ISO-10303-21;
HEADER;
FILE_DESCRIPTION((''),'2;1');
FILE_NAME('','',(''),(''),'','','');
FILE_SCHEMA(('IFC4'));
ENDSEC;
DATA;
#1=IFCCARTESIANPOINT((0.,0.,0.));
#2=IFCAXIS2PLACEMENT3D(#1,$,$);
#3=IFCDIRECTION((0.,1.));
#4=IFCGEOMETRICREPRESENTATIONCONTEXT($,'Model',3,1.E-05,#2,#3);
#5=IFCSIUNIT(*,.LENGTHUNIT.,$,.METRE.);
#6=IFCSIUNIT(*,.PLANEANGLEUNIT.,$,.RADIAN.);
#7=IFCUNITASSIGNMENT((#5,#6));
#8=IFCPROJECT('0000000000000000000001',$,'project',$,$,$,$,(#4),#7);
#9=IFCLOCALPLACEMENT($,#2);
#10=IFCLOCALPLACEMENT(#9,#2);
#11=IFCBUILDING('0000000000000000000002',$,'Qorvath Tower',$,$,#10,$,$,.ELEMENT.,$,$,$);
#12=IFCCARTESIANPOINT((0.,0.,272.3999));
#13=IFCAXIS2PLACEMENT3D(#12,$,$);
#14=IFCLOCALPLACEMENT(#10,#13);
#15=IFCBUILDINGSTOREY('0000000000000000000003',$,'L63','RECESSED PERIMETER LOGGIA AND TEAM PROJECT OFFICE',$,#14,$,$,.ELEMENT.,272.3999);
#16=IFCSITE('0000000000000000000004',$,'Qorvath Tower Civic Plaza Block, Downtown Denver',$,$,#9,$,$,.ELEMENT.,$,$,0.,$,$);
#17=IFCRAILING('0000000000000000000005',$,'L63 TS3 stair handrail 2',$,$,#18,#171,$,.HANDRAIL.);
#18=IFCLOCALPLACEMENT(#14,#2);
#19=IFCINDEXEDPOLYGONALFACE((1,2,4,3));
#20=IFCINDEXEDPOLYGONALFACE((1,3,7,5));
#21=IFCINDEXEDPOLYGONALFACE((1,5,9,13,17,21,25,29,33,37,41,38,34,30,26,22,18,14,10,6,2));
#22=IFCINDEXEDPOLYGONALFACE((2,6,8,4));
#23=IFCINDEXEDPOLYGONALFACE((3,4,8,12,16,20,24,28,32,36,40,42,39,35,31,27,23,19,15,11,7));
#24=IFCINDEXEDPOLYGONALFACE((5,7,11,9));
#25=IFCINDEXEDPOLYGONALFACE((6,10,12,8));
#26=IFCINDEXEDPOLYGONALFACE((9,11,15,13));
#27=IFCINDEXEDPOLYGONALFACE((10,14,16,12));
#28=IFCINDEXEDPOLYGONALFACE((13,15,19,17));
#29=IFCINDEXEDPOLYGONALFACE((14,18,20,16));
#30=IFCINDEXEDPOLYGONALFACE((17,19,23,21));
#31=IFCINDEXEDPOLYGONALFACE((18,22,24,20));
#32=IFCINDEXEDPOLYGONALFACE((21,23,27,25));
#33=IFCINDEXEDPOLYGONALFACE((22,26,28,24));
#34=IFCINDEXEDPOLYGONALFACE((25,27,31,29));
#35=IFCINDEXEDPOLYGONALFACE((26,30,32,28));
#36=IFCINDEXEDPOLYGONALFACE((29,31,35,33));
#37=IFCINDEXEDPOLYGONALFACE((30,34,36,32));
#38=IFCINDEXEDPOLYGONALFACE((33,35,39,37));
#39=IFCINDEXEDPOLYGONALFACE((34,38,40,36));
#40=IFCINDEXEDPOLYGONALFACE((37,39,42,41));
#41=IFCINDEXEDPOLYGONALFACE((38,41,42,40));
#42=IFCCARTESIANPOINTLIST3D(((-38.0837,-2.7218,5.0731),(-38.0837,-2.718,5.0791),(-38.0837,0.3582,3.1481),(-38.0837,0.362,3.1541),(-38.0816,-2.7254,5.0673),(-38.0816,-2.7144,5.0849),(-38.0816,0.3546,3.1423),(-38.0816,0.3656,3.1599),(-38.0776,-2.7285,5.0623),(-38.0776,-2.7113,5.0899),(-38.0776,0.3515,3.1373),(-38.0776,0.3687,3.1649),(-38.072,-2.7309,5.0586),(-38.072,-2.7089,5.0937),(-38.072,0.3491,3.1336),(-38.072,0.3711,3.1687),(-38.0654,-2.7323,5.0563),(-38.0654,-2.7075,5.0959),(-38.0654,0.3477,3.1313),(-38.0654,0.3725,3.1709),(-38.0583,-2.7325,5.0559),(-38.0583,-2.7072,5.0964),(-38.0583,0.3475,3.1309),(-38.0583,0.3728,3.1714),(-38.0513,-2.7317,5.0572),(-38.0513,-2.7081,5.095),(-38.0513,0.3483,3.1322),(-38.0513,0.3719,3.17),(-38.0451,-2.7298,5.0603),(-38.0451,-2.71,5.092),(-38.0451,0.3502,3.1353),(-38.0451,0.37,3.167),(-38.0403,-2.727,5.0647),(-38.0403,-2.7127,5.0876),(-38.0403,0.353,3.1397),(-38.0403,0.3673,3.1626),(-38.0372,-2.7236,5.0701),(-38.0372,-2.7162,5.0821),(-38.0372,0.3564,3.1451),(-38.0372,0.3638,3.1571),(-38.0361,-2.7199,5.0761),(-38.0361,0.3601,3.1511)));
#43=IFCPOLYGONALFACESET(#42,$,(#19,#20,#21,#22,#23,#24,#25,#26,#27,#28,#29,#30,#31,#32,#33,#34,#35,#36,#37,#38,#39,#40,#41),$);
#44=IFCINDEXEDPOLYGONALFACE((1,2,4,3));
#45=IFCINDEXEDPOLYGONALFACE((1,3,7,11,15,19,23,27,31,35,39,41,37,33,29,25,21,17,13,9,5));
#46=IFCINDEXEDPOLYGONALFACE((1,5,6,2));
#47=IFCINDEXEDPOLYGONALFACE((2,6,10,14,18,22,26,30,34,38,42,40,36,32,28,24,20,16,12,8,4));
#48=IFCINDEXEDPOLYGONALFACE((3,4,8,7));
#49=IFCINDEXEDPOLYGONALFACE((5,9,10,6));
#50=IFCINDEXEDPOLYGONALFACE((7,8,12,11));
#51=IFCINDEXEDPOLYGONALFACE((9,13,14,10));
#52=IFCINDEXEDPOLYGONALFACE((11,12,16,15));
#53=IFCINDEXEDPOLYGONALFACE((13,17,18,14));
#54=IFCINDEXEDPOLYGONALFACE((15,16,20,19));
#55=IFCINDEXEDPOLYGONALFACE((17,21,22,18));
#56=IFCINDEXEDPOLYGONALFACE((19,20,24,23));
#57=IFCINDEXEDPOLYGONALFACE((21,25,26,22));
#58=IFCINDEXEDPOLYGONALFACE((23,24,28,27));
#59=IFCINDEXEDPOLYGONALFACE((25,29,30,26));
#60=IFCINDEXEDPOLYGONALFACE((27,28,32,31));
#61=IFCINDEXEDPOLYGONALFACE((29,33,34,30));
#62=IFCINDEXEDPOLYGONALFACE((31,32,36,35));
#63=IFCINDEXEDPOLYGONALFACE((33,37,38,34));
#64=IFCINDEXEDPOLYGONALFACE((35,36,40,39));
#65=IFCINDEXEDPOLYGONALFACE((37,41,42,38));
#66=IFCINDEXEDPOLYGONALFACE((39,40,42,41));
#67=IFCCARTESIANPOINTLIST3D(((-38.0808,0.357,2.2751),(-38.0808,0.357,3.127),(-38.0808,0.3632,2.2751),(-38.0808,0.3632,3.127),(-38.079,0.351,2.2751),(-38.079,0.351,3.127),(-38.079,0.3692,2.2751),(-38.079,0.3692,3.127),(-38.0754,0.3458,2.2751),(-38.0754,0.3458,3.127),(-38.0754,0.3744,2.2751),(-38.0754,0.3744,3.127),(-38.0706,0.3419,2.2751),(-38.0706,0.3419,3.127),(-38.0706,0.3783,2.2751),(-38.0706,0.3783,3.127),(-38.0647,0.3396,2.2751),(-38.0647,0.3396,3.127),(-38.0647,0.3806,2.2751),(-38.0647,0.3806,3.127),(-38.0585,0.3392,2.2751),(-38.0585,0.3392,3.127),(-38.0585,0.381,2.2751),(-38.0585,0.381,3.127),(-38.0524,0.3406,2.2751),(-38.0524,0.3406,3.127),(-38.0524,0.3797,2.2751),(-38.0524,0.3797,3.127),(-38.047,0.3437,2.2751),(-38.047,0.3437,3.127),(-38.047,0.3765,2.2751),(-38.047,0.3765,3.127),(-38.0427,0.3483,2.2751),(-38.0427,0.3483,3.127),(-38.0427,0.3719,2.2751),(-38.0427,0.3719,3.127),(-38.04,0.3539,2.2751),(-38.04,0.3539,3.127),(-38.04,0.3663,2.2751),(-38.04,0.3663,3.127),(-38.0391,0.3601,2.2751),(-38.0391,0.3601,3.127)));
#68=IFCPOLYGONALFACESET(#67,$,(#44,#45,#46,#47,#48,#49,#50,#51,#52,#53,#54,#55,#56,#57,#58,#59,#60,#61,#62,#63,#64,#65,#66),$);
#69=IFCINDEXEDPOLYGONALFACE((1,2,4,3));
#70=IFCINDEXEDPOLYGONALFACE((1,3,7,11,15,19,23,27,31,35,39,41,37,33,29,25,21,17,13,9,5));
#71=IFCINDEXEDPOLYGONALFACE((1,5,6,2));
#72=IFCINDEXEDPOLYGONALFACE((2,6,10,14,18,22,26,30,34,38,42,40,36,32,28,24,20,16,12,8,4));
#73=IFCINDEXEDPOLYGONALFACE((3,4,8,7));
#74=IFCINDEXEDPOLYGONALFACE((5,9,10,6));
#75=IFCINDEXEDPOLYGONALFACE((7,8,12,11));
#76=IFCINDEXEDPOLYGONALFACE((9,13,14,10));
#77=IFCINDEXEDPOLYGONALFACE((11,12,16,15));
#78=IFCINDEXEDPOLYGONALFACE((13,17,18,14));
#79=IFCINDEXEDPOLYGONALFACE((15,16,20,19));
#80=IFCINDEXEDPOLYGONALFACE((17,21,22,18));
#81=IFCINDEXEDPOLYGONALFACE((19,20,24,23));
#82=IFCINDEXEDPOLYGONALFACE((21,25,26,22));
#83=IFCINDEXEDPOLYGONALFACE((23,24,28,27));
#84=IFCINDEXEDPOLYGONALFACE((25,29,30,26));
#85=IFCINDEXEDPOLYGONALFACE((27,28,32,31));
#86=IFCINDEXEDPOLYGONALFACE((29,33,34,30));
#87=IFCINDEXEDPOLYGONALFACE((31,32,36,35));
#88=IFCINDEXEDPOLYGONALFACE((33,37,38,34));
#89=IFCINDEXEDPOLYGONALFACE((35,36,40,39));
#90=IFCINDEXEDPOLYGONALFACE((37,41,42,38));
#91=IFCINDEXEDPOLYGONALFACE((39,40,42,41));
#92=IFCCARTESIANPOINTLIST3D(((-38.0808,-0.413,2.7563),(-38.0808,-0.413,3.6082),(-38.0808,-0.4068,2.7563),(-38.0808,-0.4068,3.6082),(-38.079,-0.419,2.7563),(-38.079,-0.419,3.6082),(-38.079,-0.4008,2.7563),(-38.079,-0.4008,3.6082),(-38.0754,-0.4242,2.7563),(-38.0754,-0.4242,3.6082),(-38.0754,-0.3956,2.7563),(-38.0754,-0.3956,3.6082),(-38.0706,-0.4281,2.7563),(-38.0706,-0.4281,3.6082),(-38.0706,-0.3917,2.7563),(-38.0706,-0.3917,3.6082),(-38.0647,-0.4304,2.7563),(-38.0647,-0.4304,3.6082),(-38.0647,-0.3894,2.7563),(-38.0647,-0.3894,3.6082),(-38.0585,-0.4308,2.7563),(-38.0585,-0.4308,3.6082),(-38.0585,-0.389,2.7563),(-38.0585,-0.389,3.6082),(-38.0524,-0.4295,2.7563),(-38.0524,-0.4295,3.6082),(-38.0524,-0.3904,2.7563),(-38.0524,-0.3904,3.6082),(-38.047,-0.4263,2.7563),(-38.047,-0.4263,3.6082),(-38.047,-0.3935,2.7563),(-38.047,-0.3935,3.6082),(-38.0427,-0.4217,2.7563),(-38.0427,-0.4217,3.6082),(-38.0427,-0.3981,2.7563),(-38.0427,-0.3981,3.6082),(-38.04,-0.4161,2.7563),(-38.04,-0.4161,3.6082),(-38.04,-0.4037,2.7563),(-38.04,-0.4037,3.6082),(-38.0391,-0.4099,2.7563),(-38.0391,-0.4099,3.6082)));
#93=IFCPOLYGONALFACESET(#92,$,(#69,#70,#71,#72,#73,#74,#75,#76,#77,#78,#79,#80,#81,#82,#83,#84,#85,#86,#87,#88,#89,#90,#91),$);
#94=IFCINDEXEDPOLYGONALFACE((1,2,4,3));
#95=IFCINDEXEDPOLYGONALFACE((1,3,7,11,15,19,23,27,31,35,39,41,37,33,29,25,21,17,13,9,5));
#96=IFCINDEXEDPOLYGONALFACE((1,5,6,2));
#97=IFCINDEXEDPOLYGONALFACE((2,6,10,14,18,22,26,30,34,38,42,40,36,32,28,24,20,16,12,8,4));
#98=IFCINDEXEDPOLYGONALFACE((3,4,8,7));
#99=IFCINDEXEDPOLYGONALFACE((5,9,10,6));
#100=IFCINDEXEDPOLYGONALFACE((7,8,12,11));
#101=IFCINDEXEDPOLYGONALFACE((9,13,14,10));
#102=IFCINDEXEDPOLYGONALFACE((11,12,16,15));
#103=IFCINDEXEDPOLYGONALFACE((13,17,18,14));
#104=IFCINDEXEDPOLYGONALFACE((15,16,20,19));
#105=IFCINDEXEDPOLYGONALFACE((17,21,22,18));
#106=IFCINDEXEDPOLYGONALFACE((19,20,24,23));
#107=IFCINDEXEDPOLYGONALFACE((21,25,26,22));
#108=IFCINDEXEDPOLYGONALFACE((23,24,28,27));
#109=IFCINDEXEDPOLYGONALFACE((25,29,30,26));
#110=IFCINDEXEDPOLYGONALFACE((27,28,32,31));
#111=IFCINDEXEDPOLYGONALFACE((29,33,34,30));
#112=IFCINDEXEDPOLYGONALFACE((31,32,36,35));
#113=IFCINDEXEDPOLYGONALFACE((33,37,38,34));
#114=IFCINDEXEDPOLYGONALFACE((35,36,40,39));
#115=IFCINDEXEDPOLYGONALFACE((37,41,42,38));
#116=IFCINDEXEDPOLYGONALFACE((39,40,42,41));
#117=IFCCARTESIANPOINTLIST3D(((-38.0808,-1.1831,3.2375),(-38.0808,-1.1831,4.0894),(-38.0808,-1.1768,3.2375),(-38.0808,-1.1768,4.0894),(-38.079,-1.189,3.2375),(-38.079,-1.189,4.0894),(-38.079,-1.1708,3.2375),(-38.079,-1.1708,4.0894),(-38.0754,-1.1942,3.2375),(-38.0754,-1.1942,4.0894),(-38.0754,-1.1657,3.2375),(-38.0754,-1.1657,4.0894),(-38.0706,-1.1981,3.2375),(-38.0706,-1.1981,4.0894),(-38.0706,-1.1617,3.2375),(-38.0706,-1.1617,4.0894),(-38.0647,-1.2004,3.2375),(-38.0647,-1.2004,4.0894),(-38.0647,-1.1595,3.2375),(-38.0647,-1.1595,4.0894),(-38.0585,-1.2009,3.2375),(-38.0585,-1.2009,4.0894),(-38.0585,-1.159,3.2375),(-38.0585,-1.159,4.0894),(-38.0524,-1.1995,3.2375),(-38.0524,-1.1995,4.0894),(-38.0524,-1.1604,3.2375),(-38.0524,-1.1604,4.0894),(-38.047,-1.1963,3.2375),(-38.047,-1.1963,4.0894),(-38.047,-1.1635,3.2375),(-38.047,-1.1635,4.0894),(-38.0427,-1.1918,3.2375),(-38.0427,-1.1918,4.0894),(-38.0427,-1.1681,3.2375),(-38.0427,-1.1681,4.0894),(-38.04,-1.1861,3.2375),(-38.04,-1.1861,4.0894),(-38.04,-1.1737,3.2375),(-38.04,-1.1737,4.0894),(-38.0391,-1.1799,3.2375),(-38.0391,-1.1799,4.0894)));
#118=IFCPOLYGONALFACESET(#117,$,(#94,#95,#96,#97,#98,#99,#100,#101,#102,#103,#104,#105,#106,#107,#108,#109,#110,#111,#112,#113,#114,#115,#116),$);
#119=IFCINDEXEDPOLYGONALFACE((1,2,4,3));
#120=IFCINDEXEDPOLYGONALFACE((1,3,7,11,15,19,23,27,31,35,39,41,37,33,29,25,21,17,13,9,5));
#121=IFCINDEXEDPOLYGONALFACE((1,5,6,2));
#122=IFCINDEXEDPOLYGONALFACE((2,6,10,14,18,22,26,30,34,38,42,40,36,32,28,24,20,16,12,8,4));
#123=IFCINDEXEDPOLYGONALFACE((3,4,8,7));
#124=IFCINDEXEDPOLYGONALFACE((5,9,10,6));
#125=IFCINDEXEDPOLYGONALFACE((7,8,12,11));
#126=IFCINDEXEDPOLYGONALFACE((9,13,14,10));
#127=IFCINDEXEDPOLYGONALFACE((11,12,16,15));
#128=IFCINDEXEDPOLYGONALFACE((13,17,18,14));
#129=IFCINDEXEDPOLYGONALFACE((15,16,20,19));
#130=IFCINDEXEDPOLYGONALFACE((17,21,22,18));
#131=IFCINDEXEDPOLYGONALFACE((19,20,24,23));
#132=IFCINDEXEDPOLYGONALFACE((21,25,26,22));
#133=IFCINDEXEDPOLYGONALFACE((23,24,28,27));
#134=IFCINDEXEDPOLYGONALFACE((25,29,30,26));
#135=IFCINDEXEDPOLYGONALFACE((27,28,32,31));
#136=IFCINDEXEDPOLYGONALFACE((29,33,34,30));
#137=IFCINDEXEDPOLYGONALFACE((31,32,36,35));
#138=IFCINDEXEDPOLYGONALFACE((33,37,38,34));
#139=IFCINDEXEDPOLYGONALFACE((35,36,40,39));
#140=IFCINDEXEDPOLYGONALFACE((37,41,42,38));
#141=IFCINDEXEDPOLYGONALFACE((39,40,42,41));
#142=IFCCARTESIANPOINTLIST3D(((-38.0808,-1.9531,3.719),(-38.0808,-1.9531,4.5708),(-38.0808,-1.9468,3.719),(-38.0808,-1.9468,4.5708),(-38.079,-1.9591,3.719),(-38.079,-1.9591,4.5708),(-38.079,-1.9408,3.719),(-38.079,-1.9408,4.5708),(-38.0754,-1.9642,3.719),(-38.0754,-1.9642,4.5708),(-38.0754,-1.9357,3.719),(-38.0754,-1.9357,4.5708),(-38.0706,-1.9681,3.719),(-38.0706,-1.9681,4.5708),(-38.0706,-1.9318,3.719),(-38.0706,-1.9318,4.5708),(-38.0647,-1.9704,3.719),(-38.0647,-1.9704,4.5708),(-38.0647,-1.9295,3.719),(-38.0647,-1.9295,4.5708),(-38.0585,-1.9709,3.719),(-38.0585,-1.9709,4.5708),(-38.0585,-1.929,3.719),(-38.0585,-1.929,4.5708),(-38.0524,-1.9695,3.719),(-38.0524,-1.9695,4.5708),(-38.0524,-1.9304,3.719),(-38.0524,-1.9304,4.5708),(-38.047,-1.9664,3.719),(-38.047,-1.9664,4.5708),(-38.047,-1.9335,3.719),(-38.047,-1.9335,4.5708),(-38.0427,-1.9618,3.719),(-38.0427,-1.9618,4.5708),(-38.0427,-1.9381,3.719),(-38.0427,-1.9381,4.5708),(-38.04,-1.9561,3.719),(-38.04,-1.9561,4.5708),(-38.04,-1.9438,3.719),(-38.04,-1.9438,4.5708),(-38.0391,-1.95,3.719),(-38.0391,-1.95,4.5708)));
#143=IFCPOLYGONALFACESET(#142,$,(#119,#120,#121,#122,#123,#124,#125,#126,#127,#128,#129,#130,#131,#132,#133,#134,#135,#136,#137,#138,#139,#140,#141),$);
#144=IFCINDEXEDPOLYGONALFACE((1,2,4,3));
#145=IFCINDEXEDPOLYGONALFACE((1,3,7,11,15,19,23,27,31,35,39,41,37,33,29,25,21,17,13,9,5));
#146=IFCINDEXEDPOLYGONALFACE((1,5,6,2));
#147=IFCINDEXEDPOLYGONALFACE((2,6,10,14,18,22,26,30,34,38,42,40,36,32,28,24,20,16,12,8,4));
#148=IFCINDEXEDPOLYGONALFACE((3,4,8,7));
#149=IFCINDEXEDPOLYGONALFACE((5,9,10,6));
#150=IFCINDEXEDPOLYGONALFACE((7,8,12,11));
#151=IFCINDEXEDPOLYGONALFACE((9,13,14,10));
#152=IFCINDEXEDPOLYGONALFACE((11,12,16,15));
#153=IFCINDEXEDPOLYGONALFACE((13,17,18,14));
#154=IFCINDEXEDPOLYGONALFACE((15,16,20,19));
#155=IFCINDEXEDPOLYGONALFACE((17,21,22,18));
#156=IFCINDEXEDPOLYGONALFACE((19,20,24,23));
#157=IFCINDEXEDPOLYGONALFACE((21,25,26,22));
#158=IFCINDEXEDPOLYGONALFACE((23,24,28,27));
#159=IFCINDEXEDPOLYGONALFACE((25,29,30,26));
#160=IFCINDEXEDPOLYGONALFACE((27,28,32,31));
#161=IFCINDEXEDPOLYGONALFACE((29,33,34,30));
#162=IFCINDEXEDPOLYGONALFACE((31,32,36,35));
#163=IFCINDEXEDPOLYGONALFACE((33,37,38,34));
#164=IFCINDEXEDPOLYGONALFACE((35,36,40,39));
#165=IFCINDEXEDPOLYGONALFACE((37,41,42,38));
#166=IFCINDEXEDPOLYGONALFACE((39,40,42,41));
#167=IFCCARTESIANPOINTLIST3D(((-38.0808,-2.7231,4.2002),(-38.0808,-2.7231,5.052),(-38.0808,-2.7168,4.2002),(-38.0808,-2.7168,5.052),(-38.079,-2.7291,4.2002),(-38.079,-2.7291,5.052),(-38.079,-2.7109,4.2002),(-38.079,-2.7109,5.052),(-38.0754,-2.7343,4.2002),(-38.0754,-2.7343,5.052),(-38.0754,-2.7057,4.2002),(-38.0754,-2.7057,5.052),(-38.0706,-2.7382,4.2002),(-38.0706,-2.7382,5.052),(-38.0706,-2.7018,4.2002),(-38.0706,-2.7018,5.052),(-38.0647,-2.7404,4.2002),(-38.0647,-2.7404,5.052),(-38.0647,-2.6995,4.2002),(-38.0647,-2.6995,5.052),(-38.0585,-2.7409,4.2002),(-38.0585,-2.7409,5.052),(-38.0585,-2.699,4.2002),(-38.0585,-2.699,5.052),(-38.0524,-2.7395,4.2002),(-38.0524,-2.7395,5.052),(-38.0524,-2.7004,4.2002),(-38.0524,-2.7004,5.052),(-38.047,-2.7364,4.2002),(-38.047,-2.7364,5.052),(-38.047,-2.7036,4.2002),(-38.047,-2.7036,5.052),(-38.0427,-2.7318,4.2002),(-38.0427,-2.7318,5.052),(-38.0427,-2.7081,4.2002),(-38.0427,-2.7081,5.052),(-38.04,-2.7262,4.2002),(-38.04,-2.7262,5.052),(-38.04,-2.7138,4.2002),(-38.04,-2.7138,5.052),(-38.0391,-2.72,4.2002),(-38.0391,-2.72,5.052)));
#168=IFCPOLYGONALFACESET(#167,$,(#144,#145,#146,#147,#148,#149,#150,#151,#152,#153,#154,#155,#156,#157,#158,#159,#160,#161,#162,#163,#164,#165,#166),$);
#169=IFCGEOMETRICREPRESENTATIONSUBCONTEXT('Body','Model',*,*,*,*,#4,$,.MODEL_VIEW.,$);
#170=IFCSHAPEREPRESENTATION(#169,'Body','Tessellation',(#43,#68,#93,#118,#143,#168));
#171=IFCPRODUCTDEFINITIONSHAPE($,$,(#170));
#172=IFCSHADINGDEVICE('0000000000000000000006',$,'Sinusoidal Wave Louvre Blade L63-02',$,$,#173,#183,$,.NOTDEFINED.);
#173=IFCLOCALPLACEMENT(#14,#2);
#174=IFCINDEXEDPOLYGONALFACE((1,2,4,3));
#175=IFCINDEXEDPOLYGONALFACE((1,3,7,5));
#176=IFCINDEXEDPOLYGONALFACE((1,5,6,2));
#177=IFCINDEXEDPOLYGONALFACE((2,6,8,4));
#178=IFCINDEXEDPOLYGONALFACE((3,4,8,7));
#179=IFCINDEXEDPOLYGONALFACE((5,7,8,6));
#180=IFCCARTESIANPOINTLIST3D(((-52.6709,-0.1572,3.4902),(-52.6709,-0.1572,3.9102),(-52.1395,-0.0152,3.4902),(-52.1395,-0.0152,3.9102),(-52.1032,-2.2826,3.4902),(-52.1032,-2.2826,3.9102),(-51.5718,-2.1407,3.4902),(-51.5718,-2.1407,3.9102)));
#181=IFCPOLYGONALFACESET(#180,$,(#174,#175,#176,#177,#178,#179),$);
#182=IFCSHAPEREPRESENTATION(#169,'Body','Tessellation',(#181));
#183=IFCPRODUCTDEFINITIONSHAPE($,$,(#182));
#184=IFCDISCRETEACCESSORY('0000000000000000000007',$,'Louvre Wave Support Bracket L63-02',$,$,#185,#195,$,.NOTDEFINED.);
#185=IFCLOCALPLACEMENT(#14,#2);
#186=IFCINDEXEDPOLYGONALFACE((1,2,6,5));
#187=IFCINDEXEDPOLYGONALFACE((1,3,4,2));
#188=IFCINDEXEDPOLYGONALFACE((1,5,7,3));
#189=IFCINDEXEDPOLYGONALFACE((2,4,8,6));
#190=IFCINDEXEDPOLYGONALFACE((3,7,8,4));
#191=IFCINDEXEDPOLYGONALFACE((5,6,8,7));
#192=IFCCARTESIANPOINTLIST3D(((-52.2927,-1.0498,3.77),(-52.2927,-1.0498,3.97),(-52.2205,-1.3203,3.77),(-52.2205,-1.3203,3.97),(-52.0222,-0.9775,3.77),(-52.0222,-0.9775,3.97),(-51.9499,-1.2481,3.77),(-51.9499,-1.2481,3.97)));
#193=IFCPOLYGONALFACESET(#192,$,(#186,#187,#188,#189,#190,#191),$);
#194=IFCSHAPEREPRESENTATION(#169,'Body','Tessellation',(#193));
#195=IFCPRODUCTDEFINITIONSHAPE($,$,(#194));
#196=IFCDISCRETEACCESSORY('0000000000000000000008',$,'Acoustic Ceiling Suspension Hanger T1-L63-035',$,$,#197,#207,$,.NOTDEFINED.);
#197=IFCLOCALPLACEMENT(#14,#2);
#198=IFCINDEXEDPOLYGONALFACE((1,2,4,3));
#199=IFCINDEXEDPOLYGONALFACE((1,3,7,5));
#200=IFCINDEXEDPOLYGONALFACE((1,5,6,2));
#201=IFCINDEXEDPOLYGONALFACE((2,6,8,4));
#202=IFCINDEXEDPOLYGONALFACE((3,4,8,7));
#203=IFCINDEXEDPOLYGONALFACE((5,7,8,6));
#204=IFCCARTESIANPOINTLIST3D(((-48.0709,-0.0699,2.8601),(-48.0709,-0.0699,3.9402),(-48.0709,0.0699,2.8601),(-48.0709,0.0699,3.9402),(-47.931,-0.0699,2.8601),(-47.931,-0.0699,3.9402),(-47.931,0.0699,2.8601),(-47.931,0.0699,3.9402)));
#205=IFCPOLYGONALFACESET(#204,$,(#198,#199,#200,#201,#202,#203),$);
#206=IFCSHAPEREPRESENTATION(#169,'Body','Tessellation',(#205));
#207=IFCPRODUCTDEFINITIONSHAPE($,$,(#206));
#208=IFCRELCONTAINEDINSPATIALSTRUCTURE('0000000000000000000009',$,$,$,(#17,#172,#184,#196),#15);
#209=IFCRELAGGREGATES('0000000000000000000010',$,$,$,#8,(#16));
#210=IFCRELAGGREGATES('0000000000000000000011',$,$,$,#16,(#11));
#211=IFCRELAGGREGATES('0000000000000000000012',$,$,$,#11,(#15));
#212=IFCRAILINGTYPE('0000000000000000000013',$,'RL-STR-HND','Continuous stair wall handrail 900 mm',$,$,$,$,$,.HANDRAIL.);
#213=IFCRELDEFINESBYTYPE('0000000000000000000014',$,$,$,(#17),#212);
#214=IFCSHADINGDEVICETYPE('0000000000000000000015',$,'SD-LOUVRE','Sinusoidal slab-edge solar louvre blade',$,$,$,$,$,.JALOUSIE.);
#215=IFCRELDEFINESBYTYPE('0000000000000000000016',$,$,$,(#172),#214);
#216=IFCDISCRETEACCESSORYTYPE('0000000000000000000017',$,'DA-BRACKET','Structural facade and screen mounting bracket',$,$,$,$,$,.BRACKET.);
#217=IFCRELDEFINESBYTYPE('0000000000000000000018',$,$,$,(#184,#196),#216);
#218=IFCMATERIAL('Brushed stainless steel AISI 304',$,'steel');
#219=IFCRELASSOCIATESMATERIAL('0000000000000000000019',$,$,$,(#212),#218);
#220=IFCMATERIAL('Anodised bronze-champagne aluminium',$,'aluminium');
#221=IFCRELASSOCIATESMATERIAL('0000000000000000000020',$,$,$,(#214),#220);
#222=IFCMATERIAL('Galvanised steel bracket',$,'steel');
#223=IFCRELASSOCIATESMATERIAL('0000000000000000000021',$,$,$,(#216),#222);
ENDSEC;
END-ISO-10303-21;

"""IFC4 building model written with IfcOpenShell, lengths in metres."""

from ifc_helpers import new_model, si_unit, direction, frame, origin, origin_2d, place, context, subcontext, project, spatial, rectangle, circle, extrude, material, type_object, element, save


model = new_model("IFC4")

# Units and contexts
model_context = context("Model", 3, precision=1e-05, world=origin(), true_north=direction((0.0, 1.0)))
body_context = subcontext(model_context, "Body", "Model", "MODEL_VIEW")
ifc_project = project(units=[si_unit("LENGTHUNIT", "METRE"), si_unit("PLANEANGLEUNIT", "RADIAN")], contexts=[model_context])

# Site, building, storey
site_placement = place(None, origin())
site = spatial("IfcSite", under=ifc_project, at=site_placement, Name="Qorvath Tower Civic Plaza Block, Downtown Denver", CompositionType="ELEMENT", RefElevation=0.0)
building_placement = place(site_placement, origin())
building = spatial("IfcBuilding", under=site, at=building_placement, Name="Qorvath Tower", CompositionType="ELEMENT")
storey_placement = place(building_placement, frame((0.0, 0.0, 272.3999)))
storey = spatial("IfcBuildingStorey", under=building, at=storey_placement, Name="L63", Description="RECESSED PERIMETER LOGGIA AND TEAM PROJECT OFFICE", CompositionType="ELEMENT", Elevation=272.3999)

# Railing
ifc_material_1 = material(Name="Brushed stainless steel AISI 304", Category="steel")
railing_type = type_object("IfcRailingType", Name="RL-STR-HND", Description="Continuous stair wall handrail 900 mm", PredefinedType="HANDRAIL", material=ifc_material_1)
railing_placement = place(storey_placement, frame((-38.0601, 0.3601, 2.2751)))
element("IfcRailing", 1, at=railing_placement, inside=storey, type_object=railing_type, Name="L63 TS3 stair handrail 2", PredefinedType="HANDRAIL", context=body_context, shape_type="SweptSolid", body=[
    extrude(circle(Radius=0.0239, at=origin_2d()), frame((0.0, 0.0, 0.876), z_axis=(0.0, -0.847998, 0.529999), x_axis=(1.0, 0.0, 0.0)), (0.0, 0.0, 1.0), 3.6321),
    extrude(circle(Radius=0.021, at=origin_2d()), origin(), (0.0, 0.0, 1.0), 0.8518),
    extrude(circle(Radius=0.021, at=origin_2d()), frame((0.0, -0.77, 0.4812)), (0.0, 0.0, 1.0), 0.8518),
    extrude(circle(Radius=0.021, at=origin_2d()), frame((0.0, -1.54, 0.9624)), (0.0, 0.0, 1.0), 0.8518),
    extrude(circle(Radius=0.021, at=origin_2d()), frame((0.0, -2.3101, 1.4438)), (0.0, 0.0, 1.0), 0.8518),
    extrude(circle(Radius=0.021, at=origin_2d()), frame((0.0, -3.0801, 1.925)), (0.0, 0.0, 1.0), 0.8518),
])

# Shading device
ifc_material_2 = material(Name="Anodised bronze-champagne aluminium", Category="aluminium")
shading_device_type = type_object("IfcShadingDeviceType", Name="SD-LOUVRE", Description="Sinusoidal slab-edge solar louvre blade", PredefinedType="JALOUSIE", material=ifc_material_2)
shading_device_placement = place(storey_placement, frame((-52.1213, -1.1489, 3.4902), z_axis=(0.0, 0.0, 1.0), x_axis=(0.258042, -0.966134, 0.0)))
element("IfcShadingDevice", 2, at=shading_device_placement, inside=storey, type_object=shading_device_type, Name="Sinusoidal Wave Louvre Blade L63-02", PredefinedType="NOTDEFINED", context=body_context, shape_type="SweptSolid", body=[
    extrude(rectangle(XDim=2.2, YDim=0.55, at=origin_2d()), origin(), (0.0, 0.0, 1.0), 0.4199),
])

# Discrete accessories
ifc_material_3 = material(Name="Galvanised steel bracket", Category="steel")
discrete_accessory_type = type_object("IfcDiscreteAccessoryType", Name="DA-BRACKET", Description="Structural facade and screen mounting bracket", PredefinedType="BRACKET", material=ifc_material_3)
discrete_accessory_placement = place(storey_placement, frame((-52.1213, -1.1489, 3.77), z_axis=(0.0, 0.0, 1.0), x_axis=(0.258042, -0.966134, 0.0)))
element("IfcDiscreteAccessory", 3, at=discrete_accessory_placement, inside=storey, type_object=discrete_accessory_type, Name="Louvre Wave Support Bracket L63-02", PredefinedType="NOTDEFINED", context=body_context, shape_type="SweptSolid", body=[
    extrude(rectangle(XDim=0.28, YDim=0.28, at=origin_2d()), origin(), (0.0, 0.0, 1.0), 0.2),
])
for number, where, z_axis, x_axis, name in (
    (4, (-48.001, 0.0, 2.8601), (0.0, 0.0, 1.0), (1.0, 0.0, 0.0), "Acoustic Ceiling Suspension Hanger T1-L63-035"),
):
    element("IfcDiscreteAccessory", number, at=place(storey_placement, frame(where, z_axis=z_axis, x_axis=x_axis)), inside=storey, type_object=discrete_accessory_type, Name=name, PredefinedType="NOTDEFINED", context=body_context, shape_type="SweptSolid", body=[
        extrude(rectangle(XDim=0.1399, YDim=0.1399, at=origin_2d()), origin(), (0.0, 0.0, 1.0), 1.0801),
    ])

save(model, "model.ifc")
